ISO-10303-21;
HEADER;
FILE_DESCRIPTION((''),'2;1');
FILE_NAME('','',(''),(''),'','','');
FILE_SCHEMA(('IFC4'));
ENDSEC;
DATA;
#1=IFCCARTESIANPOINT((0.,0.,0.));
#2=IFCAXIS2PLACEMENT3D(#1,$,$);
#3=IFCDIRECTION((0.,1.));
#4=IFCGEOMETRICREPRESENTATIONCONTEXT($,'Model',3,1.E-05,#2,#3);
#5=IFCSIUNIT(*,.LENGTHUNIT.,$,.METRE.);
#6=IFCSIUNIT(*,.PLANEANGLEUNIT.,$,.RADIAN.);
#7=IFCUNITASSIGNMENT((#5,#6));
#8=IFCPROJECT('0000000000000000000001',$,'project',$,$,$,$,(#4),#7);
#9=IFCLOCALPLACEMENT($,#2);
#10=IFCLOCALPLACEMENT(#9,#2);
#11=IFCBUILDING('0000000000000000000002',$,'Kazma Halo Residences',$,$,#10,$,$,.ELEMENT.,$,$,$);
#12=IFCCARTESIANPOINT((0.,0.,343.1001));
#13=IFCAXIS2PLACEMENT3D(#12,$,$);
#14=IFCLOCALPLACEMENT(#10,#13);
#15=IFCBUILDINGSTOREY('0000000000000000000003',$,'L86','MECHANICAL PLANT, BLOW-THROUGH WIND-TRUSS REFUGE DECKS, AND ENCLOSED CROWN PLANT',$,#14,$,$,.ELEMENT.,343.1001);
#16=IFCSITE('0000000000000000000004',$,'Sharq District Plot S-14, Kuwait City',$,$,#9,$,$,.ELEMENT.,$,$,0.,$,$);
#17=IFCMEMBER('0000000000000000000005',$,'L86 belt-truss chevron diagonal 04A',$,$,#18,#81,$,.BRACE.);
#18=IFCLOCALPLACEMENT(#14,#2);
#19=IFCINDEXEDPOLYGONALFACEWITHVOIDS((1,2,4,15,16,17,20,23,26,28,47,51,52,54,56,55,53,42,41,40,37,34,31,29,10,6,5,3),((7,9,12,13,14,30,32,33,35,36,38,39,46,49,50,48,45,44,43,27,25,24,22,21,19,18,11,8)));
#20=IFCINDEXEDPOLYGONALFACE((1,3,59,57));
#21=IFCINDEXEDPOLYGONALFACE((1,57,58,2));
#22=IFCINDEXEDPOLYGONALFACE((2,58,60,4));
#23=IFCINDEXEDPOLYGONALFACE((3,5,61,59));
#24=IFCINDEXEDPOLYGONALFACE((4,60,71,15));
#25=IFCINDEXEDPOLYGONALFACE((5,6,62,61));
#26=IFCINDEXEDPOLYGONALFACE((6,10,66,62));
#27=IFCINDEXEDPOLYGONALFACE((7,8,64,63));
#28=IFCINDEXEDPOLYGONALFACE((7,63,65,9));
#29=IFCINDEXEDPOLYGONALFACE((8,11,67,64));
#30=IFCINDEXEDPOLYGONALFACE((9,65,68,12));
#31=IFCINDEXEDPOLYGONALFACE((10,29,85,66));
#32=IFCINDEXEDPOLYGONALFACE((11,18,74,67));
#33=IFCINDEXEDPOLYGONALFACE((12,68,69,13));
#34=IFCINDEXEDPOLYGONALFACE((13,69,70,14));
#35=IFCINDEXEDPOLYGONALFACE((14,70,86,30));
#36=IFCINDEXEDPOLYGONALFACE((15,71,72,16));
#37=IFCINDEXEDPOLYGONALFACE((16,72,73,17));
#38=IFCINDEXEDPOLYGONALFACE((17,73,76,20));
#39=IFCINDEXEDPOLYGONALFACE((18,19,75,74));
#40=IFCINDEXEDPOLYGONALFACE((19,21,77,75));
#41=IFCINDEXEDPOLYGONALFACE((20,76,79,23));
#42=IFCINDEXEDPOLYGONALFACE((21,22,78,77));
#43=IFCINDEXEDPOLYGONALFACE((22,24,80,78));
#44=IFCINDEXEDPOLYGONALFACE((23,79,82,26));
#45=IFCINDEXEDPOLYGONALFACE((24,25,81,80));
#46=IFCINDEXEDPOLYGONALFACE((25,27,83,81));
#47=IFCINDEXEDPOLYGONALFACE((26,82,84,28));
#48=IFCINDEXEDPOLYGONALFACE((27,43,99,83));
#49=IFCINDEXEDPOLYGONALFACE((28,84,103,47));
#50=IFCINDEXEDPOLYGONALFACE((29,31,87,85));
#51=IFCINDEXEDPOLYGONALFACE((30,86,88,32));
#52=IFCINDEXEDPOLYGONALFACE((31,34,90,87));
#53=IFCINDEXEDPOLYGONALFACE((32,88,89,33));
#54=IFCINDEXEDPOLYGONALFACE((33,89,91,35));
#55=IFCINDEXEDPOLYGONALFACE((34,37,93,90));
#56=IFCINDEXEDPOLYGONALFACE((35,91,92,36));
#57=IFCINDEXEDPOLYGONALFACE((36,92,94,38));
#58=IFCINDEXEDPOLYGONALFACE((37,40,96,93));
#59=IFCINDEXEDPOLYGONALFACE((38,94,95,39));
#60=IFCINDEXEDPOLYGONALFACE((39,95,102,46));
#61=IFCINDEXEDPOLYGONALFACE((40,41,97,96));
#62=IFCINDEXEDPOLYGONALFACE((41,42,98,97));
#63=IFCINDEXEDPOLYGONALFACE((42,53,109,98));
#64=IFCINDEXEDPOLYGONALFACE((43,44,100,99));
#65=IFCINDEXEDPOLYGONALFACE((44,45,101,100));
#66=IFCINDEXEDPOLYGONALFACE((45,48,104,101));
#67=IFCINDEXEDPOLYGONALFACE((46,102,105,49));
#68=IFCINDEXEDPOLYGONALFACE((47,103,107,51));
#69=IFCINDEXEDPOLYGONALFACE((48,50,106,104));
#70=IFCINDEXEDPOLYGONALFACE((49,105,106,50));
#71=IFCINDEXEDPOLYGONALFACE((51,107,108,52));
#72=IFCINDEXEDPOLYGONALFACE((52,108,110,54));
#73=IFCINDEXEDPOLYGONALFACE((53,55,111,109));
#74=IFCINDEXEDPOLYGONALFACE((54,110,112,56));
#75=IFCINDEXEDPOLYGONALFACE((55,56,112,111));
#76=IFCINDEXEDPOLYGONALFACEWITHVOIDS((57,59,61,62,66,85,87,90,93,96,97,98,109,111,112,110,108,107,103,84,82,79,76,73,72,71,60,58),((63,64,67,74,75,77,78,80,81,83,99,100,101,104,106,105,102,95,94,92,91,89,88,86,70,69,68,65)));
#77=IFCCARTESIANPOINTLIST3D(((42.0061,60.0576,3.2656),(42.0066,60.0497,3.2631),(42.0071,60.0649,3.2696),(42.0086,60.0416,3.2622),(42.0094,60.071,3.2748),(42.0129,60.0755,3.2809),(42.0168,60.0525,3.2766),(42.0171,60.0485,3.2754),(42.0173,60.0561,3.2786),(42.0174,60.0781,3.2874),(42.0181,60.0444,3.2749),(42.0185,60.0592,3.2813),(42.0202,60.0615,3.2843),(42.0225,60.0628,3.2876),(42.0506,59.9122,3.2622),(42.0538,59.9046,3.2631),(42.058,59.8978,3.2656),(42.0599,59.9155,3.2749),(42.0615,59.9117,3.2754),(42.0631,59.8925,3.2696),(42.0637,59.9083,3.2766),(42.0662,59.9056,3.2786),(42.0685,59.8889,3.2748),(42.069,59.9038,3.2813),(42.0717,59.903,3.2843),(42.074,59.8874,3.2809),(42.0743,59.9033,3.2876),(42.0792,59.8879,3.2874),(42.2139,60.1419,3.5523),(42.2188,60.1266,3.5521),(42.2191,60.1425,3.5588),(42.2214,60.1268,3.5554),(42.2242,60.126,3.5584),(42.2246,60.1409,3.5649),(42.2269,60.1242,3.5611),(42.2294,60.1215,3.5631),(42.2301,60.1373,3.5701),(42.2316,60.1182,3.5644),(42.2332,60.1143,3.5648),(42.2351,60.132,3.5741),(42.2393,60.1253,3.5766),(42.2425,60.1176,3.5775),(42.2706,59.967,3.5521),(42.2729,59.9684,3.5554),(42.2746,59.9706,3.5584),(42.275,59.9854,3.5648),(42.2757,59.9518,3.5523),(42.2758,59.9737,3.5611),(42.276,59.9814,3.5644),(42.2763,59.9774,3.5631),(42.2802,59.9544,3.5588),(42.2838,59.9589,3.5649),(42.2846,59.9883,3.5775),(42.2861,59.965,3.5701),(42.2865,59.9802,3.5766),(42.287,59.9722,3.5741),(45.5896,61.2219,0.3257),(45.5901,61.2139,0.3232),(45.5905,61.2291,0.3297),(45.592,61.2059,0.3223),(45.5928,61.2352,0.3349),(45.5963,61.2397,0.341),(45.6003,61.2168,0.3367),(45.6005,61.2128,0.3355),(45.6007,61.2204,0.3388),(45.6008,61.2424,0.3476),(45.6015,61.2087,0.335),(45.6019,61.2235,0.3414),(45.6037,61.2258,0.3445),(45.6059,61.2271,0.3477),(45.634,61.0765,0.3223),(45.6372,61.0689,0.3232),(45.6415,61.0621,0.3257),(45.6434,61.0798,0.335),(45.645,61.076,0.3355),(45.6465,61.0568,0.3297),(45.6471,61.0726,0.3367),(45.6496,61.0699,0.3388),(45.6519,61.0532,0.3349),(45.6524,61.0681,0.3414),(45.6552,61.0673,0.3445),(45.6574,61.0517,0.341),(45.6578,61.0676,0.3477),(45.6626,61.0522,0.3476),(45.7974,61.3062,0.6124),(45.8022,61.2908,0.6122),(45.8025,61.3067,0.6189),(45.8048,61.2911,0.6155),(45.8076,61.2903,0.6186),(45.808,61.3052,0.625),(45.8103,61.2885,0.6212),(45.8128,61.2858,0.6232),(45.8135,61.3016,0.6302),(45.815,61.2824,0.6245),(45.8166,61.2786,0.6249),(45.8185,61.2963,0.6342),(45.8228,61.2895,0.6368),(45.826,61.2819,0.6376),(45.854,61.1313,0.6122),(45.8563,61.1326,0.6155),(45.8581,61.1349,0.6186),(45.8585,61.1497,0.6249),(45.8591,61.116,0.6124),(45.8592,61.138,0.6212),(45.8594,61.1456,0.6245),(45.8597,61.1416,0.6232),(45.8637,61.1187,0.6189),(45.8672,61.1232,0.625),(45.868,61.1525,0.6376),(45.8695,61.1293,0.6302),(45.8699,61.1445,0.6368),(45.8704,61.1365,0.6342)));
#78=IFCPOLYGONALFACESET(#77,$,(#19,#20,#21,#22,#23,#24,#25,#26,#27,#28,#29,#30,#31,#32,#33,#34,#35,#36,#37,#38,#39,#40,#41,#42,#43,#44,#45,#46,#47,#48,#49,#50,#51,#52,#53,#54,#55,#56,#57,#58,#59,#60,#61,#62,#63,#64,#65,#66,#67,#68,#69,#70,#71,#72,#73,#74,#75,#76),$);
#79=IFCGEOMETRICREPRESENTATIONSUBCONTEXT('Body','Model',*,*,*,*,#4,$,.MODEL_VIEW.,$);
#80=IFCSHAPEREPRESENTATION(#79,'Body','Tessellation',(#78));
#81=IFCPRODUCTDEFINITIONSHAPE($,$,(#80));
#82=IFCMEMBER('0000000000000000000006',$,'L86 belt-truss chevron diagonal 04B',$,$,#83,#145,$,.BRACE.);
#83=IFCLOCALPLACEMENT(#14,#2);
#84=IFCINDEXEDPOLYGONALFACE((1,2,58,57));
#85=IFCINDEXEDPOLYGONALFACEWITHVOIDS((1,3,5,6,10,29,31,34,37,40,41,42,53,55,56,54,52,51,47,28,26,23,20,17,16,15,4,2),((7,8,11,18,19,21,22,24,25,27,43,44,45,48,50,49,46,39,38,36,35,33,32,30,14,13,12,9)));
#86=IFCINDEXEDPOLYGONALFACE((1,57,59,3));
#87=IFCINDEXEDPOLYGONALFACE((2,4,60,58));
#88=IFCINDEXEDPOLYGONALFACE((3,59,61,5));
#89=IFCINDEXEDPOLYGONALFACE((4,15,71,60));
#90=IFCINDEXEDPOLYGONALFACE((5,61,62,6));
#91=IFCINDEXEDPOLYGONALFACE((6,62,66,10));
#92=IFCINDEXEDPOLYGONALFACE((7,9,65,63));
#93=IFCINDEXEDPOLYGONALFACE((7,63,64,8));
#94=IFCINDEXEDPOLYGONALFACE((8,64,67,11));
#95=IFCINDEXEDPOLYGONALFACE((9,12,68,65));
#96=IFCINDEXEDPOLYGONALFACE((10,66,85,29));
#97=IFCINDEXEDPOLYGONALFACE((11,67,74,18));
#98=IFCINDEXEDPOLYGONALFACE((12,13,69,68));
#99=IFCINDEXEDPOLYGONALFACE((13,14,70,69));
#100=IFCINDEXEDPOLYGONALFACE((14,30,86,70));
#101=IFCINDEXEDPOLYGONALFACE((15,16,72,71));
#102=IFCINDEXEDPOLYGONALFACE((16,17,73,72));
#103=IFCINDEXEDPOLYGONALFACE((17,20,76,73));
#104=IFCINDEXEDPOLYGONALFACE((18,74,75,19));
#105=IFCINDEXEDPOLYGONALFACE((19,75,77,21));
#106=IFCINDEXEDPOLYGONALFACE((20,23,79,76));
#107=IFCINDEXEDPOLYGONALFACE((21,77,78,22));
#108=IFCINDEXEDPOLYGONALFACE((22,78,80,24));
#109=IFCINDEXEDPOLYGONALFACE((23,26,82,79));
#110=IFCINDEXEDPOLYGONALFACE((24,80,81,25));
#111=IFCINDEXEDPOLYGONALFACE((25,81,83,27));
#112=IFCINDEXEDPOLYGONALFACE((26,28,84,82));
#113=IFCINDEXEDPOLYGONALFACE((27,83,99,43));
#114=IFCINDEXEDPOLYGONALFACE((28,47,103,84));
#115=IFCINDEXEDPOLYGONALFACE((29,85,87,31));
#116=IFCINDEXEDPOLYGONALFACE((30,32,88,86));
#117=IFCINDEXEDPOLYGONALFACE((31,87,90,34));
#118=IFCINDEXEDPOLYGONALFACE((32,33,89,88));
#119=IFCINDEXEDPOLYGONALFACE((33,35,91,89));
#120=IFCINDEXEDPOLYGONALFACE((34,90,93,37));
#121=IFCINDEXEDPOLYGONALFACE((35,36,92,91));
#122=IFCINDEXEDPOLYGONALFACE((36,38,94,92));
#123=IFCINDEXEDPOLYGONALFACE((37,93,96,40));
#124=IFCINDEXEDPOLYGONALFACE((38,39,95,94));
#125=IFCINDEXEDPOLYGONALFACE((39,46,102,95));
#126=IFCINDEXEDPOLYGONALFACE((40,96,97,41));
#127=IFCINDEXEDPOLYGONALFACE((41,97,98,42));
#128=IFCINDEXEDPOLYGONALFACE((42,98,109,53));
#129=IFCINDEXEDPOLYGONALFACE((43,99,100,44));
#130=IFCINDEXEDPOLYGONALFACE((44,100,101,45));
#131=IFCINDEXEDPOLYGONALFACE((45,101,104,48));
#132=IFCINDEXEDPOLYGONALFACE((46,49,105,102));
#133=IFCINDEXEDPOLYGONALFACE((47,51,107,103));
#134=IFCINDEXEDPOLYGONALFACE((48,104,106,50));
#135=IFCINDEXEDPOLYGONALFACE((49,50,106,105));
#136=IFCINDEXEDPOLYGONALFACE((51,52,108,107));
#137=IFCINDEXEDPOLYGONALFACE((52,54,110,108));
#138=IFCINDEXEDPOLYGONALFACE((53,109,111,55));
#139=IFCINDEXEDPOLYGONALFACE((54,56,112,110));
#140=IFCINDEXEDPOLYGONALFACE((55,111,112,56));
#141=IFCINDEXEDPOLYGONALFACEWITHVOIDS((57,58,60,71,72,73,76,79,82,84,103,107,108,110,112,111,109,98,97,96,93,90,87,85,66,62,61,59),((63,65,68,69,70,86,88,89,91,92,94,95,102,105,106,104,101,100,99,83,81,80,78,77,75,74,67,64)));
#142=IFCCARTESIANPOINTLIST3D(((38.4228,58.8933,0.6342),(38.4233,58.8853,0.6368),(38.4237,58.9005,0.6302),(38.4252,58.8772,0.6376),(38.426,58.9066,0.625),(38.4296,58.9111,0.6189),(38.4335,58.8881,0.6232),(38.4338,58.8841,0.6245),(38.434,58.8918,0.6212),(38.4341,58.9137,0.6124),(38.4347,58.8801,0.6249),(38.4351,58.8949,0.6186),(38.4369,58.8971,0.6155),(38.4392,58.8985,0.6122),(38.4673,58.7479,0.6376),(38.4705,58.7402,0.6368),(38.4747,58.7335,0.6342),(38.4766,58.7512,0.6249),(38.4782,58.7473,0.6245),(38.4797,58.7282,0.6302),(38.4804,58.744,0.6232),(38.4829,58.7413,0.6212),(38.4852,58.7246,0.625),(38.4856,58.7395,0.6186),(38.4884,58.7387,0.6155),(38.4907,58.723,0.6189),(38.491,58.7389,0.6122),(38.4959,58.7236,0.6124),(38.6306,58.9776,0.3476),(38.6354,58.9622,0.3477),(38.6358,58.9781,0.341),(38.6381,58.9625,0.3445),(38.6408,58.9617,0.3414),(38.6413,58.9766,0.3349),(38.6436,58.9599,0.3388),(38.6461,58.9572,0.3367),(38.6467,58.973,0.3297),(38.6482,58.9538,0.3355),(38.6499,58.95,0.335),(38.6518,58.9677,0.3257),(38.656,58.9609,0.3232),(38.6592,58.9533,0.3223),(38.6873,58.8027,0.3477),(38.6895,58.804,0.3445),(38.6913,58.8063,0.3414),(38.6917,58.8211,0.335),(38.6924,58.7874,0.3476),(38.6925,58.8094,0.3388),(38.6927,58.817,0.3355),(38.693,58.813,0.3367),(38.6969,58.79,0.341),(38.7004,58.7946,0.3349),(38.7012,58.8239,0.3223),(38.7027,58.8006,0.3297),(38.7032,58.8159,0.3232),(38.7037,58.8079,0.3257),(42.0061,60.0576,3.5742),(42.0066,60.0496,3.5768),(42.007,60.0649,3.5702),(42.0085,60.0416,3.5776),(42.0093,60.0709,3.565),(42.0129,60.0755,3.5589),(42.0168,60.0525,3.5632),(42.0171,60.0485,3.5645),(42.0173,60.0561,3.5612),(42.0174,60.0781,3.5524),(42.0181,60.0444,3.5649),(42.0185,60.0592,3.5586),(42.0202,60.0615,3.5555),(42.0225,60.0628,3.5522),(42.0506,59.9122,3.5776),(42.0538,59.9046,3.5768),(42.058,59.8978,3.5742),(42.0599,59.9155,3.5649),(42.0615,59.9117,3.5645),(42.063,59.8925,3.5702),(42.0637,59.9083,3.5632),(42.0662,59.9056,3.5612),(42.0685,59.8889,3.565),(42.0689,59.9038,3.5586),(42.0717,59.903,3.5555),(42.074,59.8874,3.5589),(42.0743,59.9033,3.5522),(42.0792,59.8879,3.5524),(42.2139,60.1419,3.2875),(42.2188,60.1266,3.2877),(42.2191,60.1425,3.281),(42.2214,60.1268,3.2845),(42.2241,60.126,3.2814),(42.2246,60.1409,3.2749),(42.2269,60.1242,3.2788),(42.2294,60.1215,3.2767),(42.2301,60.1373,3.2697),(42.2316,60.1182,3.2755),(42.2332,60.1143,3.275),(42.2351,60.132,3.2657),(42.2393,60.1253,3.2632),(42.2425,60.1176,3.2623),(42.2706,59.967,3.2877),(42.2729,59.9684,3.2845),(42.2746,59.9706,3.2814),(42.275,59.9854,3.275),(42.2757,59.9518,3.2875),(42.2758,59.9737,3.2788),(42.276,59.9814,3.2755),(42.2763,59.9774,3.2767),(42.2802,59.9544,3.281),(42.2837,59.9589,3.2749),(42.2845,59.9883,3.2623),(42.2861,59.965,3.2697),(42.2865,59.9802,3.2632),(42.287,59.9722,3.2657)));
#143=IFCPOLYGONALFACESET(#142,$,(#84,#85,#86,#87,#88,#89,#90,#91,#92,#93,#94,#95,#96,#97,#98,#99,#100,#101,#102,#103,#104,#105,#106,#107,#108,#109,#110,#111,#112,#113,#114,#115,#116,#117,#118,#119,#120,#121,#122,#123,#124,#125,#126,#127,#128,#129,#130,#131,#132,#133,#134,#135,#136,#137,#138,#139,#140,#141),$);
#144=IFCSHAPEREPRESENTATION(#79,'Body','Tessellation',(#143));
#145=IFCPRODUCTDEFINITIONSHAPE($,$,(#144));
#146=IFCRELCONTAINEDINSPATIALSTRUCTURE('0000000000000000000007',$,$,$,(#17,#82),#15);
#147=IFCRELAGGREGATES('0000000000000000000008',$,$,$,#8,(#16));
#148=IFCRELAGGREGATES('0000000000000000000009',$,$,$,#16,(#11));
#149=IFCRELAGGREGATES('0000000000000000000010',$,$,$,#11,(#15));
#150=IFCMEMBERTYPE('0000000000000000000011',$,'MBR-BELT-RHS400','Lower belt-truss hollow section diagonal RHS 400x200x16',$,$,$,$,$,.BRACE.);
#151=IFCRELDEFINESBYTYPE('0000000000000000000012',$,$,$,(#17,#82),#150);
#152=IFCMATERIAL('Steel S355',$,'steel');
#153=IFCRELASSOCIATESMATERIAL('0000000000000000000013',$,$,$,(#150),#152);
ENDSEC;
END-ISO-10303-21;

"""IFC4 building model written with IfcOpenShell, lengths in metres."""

from ifc_helpers import new_model, si_unit, direction, frame, origin, origin_2d, place, context, subcontext, project, spatial, hollow_rectangle, extrude, material, material_profile, profile_set, type_object, element, save


model = new_model("IFC4")

# Units and contexts
model_context = context("Model", 3, precision=1e-05, world=origin(), true_north=direction((0.0, 1.0)))
body_context = subcontext(model_context, "Body", "Model", "MODEL_VIEW")
ifc_project = project(units=[si_unit("LENGTHUNIT", "METRE"), si_unit("PLANEANGLEUNIT", "RADIAN")], contexts=[model_context])

# Site, building, storey
site_placement = place(None, origin())
site = spatial("IfcSite", under=ifc_project, at=site_placement, Name="Sharq District Plot S-14, Kuwait City", CompositionType="ELEMENT", RefElevation=0.0)
building_placement = place(site_placement, origin())
building = spatial("IfcBuilding", under=site, at=building_placement, Name="Kazma Halo Residences", CompositionType="ELEMENT")
storey_placement = place(building_placement, frame((0.0, 0.0, 343.1001)))
storey = spatial("IfcBuildingStorey", under=building, at=storey_placement, Name="L86", Description="MECHANICAL PLANT, BLOW-THROUGH WIND-TRUSS REFUGE DECKS, AND ENCLOSED CROWN PLANT", CompositionType="ELEMENT", Elevation=343.1001)

# Shared definitions
ifc_material_1 = material(Name="Steel S355", Category="steel")

# Members
ifc_material_profile_1 = material_profile(ifc_material_1, hollow_rectangle(XDim=0.2, YDim=0.3999, WallThickness=0.0161, InnerFilletRadius=0.0161, OuterFilletRadius=0.032, at=origin_2d()), Name="RHS400x200x16")
ifc_profile_set_1 = profile_set([ifc_material_profile_1], Name="Steel S355")
member_type_1 = type_object("IfcMemberType", Name="MBR-BELT-RHS400", Description="Lower belt-truss hollow section diagonal RHS 400x200x16", PredefinedType="BRACE", material=ifc_profile_set_1)
for number, where, z_axis, x_axis, name in (
    (1, (45.73, 61.1792, 0.48), (-0.749818, -0.243622, 0.615159), (0.309007, -0.95106, 0.0), "L86 belt-truss chevron diagonal 04A"),
    (2, (38.5632, 58.8506, 0.48), (0.749796, 0.243631, 0.615183), (-0.309026, 0.951054, 0.0), "L86 belt-truss chevron diagonal 04B"),
):
    element("IfcMember", number, at=place(storey_placement, frame(where, z_axis=z_axis, x_axis=x_axis)), inside=storey, type_object=member_type_1, Name=name, PredefinedType="BRACE", context=body_context, shape_type="SweptSolid", body=[
        extrude(hollow_rectangle(XDim=0.2, YDim=0.3999, WallThickness=0.0161, InnerFilletRadius=0.0161, OuterFilletRadius=0.032, at=origin_2d()), origin(), (0.0, 0.0, 1.0), 4.7791),
    ])

save(model, "model.ifc")
